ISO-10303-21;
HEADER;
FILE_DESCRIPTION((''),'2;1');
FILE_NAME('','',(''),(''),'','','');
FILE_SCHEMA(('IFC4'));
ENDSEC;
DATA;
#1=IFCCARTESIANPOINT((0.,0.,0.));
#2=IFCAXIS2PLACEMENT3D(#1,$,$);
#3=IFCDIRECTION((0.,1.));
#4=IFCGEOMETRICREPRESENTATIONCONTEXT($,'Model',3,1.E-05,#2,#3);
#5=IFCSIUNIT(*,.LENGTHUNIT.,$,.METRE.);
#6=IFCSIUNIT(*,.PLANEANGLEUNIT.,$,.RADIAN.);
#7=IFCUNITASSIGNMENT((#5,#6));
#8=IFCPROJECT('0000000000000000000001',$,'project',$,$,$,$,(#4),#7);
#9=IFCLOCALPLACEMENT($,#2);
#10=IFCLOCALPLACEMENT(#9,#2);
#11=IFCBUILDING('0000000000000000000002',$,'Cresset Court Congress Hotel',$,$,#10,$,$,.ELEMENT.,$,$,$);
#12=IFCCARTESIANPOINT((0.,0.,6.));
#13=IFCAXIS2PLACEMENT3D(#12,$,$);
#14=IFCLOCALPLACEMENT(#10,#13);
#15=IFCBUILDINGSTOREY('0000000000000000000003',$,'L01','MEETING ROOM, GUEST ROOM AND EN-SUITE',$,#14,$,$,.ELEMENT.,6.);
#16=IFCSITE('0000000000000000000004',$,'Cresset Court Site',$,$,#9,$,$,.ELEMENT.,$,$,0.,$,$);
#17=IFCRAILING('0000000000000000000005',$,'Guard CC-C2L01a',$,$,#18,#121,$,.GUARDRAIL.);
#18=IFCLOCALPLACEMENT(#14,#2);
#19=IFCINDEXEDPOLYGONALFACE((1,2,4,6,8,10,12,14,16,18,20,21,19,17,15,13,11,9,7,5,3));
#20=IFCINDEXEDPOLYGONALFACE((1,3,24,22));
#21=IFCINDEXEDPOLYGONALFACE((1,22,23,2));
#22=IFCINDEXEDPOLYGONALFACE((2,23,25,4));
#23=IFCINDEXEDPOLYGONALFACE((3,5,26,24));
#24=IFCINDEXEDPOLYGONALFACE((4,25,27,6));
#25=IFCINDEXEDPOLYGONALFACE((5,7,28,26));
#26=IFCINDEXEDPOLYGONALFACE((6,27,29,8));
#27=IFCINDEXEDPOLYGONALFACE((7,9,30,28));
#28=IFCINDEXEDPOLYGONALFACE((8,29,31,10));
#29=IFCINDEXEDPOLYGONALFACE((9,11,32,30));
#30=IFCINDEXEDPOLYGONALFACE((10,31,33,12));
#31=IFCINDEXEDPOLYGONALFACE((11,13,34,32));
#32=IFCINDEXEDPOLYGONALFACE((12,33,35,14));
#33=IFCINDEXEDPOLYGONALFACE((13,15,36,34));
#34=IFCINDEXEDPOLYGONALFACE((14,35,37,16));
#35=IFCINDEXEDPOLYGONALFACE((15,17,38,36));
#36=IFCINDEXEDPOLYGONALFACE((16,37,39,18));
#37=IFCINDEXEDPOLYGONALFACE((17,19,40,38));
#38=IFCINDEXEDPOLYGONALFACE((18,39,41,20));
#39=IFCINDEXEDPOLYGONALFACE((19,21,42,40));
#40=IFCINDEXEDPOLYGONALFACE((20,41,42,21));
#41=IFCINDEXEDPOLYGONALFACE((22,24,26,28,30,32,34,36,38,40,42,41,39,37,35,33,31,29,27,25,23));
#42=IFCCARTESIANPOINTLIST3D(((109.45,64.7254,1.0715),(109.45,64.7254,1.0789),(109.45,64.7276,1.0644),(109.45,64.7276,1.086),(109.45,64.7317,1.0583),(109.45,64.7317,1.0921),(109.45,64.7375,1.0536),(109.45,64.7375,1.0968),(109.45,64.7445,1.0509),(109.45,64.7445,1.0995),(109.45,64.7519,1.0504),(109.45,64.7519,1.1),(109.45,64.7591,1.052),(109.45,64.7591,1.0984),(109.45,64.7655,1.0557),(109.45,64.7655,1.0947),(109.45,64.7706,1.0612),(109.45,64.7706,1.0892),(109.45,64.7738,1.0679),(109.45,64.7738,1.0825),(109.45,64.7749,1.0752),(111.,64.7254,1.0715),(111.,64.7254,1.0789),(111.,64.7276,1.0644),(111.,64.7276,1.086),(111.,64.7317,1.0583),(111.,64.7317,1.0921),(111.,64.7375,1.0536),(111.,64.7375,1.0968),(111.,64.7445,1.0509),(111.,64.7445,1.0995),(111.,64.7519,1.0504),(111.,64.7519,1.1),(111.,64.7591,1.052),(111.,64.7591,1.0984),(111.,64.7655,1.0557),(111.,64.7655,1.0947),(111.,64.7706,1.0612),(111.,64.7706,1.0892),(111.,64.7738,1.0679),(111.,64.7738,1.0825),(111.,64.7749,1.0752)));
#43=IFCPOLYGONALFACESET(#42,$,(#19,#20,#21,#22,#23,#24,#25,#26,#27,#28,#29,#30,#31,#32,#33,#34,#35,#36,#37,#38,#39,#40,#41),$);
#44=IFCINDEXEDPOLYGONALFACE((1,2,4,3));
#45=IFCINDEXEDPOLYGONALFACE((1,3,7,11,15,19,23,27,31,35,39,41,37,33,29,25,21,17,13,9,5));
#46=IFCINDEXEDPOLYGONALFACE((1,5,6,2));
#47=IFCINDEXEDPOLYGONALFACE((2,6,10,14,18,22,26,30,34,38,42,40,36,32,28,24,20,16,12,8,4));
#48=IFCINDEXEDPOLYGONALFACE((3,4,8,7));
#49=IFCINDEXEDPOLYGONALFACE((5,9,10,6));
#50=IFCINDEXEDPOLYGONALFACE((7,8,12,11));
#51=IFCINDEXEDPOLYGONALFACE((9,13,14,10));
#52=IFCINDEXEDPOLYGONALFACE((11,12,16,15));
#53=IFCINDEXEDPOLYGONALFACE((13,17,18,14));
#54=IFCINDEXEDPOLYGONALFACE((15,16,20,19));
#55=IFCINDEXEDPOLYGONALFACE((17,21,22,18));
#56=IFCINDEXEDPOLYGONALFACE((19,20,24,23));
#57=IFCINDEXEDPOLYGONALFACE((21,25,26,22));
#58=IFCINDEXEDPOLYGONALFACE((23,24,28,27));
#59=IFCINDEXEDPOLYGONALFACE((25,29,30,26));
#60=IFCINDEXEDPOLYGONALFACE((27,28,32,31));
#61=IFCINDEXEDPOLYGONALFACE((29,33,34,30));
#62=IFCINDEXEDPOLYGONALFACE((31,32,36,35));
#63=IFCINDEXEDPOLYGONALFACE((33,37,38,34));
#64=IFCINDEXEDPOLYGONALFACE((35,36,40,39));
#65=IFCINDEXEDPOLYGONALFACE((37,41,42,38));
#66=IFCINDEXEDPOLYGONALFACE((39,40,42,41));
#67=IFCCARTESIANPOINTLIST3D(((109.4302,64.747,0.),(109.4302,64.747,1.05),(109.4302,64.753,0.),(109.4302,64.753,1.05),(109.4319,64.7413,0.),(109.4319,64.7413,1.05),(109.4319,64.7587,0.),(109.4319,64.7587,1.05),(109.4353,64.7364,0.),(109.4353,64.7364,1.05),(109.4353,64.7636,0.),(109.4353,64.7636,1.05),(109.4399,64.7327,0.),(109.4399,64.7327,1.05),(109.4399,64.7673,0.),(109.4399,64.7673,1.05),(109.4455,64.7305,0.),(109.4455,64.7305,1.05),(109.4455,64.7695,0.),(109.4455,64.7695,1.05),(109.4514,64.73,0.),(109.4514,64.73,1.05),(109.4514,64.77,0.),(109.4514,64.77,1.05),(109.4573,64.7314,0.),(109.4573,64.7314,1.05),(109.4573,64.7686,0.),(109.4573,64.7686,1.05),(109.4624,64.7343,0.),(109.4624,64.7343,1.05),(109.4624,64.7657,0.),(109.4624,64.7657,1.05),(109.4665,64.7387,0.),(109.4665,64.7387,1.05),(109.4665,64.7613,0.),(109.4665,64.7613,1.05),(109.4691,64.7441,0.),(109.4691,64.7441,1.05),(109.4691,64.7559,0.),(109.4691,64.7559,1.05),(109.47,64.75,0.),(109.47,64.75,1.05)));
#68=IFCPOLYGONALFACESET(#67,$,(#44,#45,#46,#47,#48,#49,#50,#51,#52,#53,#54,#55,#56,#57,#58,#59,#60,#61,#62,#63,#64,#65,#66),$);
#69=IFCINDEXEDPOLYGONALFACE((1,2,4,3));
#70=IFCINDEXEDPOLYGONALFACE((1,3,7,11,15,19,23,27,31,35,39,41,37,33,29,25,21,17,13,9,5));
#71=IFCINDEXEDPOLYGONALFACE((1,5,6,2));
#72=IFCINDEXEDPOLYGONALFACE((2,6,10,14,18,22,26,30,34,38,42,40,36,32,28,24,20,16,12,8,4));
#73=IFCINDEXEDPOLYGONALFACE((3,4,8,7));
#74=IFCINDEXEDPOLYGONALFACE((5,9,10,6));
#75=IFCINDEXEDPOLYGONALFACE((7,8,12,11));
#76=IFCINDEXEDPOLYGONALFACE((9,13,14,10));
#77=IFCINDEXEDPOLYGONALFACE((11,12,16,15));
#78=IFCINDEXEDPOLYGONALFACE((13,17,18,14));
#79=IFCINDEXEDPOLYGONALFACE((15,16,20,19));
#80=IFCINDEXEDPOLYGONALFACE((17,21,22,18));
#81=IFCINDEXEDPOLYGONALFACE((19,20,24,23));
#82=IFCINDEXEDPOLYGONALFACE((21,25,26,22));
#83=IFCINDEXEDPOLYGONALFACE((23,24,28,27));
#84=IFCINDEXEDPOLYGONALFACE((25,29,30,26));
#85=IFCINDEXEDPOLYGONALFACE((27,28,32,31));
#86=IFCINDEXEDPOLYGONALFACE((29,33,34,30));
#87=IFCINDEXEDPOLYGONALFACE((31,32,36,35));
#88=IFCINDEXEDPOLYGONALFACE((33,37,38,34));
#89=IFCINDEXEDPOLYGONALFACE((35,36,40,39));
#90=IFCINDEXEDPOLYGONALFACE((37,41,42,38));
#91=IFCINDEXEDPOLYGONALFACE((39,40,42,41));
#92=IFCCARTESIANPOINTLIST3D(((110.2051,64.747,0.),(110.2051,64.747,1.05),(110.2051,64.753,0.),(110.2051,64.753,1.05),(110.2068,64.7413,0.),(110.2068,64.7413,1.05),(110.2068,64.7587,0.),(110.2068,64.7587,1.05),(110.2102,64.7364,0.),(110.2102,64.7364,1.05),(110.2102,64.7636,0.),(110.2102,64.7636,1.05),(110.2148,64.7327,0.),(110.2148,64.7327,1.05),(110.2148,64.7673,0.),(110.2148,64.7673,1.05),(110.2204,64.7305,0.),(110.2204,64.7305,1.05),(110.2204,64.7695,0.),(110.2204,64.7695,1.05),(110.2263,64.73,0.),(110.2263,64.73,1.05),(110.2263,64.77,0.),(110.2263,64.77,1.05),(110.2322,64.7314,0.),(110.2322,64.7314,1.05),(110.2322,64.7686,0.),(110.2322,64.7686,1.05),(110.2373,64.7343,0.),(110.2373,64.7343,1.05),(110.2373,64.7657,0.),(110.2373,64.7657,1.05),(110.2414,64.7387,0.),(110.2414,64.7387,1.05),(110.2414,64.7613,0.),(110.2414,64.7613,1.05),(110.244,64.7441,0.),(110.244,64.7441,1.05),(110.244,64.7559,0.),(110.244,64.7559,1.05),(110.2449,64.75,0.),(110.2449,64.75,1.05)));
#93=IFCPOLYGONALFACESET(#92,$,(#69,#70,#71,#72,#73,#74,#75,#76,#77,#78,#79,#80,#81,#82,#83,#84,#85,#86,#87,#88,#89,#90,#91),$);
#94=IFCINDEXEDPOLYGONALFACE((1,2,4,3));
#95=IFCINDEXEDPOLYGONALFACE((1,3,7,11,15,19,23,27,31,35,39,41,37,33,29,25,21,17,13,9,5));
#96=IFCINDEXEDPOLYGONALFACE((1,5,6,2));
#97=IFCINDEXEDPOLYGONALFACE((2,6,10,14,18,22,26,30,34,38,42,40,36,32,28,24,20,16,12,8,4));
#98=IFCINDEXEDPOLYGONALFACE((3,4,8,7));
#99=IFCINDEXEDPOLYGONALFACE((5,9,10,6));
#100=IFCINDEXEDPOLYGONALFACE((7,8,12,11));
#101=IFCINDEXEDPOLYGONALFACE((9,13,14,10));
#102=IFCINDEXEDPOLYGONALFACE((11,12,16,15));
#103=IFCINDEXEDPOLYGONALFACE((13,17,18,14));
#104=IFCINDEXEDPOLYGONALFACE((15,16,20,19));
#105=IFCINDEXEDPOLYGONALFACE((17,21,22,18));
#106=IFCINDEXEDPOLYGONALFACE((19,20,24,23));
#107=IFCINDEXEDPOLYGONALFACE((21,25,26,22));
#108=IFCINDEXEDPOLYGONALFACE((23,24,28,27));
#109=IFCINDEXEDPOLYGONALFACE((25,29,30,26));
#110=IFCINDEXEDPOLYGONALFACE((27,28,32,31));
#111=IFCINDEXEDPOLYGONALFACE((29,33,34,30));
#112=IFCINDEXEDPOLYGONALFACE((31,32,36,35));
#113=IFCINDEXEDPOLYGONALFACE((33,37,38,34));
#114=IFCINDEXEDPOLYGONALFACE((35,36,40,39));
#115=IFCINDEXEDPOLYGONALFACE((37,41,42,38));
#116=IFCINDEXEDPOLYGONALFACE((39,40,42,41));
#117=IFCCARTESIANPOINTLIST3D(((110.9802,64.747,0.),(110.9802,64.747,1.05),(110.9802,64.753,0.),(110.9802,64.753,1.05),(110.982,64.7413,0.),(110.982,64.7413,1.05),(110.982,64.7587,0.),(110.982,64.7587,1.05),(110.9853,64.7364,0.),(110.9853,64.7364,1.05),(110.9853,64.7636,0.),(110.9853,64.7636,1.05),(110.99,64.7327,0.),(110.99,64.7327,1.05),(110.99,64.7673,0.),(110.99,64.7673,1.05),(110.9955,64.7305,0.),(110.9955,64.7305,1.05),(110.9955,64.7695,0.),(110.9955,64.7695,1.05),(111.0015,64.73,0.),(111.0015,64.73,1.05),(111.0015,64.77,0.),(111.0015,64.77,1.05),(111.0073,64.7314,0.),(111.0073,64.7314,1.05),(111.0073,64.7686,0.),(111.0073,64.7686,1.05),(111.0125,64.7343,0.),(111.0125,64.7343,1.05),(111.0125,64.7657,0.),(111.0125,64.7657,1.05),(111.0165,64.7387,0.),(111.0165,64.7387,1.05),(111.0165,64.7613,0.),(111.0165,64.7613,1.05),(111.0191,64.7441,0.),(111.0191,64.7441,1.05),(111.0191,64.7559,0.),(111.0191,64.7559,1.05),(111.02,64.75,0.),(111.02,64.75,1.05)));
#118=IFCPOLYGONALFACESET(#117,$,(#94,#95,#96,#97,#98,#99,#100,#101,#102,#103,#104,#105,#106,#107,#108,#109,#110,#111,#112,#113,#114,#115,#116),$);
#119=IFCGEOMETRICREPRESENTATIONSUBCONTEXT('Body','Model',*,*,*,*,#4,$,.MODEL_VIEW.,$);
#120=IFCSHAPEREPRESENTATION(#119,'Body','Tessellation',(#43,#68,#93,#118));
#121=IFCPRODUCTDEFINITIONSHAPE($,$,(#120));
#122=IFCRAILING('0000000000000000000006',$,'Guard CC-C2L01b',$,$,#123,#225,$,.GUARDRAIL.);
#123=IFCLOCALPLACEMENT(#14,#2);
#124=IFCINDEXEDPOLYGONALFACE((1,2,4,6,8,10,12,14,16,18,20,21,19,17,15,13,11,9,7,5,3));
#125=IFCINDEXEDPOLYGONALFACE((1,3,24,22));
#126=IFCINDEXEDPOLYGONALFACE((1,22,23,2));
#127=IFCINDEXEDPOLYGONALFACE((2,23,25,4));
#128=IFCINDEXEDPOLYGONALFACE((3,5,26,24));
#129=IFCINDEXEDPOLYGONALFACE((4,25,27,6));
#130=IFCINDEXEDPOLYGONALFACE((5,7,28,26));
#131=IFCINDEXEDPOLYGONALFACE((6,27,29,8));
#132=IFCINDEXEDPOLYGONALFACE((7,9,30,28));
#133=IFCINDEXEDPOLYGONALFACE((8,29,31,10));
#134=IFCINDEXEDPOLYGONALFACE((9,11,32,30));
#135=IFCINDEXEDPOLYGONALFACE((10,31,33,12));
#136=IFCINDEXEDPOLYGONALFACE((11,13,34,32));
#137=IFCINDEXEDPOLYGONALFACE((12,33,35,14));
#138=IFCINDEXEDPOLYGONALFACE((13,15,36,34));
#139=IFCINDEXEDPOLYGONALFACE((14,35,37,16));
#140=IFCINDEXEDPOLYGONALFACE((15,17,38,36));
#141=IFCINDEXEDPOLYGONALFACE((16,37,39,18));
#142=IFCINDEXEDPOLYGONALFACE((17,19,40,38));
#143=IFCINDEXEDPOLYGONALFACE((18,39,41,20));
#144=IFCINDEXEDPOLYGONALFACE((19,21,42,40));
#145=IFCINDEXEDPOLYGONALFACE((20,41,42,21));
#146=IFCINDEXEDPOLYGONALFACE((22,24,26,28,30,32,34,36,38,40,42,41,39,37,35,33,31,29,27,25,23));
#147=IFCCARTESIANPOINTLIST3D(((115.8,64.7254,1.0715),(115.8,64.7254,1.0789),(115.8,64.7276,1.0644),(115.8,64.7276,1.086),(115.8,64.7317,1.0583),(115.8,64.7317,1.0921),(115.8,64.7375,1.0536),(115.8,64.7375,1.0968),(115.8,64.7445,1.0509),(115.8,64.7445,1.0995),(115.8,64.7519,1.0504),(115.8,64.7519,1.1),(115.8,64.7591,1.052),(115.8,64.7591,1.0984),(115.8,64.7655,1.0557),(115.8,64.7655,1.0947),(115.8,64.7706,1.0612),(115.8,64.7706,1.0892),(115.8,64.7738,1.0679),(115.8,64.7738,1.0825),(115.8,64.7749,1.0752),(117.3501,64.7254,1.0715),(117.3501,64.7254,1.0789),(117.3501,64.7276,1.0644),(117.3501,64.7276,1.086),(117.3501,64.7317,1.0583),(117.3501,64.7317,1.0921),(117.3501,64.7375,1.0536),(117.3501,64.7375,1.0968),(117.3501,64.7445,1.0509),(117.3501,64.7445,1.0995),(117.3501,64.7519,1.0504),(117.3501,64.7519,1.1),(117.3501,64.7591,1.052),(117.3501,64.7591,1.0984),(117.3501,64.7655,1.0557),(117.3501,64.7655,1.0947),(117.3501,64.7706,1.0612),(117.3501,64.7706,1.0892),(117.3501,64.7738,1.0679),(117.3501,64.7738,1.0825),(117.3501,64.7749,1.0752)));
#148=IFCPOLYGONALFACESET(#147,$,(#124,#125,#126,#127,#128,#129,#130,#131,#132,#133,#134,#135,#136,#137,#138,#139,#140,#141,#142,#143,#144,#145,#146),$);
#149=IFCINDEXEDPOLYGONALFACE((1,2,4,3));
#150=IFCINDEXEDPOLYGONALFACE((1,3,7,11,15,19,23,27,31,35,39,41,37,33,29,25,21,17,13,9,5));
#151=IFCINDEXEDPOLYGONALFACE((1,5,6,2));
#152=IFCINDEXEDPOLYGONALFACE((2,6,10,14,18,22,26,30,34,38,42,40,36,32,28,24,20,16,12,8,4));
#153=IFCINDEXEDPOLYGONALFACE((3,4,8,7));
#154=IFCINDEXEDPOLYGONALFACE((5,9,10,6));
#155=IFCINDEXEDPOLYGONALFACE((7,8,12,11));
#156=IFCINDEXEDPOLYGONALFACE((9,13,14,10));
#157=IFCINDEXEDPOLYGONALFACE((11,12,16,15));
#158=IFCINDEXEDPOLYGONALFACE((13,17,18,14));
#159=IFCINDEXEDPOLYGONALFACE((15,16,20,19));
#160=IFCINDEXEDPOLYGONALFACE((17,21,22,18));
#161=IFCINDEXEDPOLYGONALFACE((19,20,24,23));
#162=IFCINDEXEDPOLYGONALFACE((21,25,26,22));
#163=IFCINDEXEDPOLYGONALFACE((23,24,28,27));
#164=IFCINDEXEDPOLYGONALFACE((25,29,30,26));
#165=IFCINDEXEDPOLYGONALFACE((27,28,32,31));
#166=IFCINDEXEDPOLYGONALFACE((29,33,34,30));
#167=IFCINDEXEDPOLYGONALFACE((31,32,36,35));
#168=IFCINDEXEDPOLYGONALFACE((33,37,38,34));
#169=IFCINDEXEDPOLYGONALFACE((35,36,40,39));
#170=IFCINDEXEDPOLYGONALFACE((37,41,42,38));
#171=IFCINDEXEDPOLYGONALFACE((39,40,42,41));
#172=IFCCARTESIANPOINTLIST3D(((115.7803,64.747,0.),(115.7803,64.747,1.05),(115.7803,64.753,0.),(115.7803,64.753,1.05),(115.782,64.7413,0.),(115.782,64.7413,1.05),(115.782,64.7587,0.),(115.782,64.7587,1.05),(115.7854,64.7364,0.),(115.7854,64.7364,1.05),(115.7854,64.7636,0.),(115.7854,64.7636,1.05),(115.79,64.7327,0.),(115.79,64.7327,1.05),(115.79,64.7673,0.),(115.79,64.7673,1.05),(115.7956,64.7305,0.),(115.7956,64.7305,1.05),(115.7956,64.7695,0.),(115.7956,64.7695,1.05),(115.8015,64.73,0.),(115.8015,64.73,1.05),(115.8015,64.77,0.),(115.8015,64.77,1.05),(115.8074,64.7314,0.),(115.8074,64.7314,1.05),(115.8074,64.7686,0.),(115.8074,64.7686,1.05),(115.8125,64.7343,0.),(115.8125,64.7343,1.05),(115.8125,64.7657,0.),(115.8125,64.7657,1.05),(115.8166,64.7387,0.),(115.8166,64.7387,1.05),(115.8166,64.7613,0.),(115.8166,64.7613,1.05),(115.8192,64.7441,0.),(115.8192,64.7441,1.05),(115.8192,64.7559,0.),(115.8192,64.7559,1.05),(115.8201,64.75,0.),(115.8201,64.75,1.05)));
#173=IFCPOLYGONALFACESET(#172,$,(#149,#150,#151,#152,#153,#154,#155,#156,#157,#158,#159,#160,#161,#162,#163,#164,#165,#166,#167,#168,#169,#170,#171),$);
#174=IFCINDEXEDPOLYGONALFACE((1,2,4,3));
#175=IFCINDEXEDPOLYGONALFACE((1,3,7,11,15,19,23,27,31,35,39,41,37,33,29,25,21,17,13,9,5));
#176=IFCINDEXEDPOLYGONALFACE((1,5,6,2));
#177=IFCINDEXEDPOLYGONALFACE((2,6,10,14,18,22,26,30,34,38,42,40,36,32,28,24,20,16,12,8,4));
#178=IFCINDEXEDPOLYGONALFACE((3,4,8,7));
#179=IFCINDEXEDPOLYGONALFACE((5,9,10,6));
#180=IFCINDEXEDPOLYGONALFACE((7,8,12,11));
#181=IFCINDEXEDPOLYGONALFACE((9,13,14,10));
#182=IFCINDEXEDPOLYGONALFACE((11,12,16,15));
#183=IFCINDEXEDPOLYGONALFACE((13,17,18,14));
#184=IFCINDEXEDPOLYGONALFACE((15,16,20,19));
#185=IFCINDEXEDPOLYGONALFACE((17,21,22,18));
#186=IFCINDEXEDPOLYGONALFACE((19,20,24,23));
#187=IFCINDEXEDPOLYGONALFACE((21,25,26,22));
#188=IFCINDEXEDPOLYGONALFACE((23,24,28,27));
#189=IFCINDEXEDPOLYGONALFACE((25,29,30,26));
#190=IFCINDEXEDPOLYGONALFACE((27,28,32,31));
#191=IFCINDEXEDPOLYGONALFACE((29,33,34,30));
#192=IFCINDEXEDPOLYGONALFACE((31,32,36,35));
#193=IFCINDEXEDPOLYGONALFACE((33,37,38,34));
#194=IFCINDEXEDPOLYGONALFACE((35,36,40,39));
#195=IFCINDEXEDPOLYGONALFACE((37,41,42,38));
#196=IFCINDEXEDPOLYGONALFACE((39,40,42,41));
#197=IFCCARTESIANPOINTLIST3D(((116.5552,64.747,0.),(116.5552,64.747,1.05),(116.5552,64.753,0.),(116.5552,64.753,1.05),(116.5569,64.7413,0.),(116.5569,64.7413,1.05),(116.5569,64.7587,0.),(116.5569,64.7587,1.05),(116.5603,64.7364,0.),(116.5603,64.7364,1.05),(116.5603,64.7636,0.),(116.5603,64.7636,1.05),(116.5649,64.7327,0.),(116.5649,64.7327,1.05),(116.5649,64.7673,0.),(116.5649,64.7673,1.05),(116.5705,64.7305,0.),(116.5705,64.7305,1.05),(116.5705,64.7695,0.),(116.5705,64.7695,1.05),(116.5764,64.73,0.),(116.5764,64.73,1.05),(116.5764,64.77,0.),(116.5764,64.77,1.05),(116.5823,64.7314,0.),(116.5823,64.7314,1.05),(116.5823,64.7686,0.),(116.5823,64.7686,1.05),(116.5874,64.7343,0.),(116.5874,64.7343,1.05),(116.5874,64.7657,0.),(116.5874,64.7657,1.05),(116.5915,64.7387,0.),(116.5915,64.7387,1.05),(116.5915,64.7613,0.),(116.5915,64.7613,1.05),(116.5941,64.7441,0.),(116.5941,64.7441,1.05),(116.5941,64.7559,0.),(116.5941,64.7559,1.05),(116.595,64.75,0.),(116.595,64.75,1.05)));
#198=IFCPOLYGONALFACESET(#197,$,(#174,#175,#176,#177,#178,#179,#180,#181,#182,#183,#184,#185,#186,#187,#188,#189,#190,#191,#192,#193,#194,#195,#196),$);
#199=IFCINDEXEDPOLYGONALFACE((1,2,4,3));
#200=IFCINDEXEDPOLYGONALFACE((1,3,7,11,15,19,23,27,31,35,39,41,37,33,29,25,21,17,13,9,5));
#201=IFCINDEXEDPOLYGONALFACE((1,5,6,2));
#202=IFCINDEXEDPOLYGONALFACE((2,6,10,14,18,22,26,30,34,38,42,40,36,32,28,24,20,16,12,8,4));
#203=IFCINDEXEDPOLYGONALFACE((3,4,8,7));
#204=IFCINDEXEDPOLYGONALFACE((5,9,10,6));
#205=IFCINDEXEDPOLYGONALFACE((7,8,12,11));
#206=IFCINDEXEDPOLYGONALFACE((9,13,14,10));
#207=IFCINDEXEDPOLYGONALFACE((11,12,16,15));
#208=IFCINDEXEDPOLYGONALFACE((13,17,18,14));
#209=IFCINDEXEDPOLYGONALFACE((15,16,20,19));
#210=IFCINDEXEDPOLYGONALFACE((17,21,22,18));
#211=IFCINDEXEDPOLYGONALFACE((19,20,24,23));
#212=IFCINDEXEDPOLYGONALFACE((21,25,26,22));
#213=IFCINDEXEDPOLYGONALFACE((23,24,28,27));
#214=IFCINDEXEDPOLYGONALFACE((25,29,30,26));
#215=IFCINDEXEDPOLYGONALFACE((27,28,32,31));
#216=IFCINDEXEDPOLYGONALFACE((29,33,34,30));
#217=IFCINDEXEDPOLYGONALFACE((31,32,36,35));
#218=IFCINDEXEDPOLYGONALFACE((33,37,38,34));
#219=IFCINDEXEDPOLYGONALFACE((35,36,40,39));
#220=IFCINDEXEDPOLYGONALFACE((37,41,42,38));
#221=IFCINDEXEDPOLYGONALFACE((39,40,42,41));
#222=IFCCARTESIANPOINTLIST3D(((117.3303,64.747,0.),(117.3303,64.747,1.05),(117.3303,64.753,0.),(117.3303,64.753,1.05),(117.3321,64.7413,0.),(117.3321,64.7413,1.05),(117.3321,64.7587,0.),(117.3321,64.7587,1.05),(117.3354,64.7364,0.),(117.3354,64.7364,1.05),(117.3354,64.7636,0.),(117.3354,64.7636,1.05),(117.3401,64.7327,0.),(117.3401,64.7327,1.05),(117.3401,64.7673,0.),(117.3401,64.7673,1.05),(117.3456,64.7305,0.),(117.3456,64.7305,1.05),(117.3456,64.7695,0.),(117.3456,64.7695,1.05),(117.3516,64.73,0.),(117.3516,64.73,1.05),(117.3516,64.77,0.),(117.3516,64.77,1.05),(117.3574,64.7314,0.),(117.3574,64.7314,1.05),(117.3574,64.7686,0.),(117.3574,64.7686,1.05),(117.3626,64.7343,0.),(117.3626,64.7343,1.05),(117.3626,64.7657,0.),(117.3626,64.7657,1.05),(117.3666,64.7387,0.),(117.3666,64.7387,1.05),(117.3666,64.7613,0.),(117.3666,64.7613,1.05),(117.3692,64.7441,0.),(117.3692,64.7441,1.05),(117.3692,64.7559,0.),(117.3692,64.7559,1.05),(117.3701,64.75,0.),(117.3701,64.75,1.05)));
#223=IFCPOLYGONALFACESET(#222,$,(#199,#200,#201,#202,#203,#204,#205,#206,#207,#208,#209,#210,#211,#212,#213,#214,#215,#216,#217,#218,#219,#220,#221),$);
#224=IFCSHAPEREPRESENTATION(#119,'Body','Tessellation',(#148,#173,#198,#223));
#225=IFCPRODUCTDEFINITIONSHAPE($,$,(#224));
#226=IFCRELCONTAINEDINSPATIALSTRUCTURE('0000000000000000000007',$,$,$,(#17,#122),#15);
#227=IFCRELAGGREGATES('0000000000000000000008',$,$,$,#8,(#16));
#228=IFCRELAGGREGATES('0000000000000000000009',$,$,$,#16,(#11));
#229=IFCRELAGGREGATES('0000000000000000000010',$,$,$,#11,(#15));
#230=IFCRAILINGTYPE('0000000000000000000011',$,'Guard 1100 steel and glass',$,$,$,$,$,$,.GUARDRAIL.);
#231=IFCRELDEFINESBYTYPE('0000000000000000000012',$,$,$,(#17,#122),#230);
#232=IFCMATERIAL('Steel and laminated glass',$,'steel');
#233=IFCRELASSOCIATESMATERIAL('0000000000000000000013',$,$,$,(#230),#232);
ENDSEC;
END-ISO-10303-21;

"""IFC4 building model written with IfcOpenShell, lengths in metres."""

from ifc_helpers import new_model, si_unit, direction, frame, origin, origin_2d, place, context, subcontext, project, spatial, circle, extrude, material, type_object, element, save


model = new_model("IFC4")

# Units and contexts
model_context = context("Model", 3, precision=1e-05, world=origin(), true_north=direction((0.0, 1.0)))
body_context = subcontext(model_context, "Body", "Model", "MODEL_VIEW")
ifc_project = project(units=[si_unit("LENGTHUNIT", "METRE"), si_unit("PLANEANGLEUNIT", "RADIAN")], contexts=[model_context])

# Site, building, storey
site_placement = place(None, origin())
site = spatial("IfcSite", under=ifc_project, at=site_placement, Name="Cresset Court Site", CompositionType="ELEMENT", RefElevation=0.0)
building_placement = place(site_placement, origin())
building = spatial("IfcBuilding", under=site, at=building_placement, Name="Cresset Court Congress Hotel", CompositionType="ELEMENT")
storey_placement = place(building_placement, frame((0.0, 0.0, 6.0)))
storey = spatial("IfcBuildingStorey", under=building, at=storey_placement, Name="L01", Description="MEETING ROOM, GUEST ROOM AND EN-SUITE", CompositionType="ELEMENT", Elevation=6.0)

# Railings
ifc_material_1 = material(Name="Steel and laminated glass", Category="steel")
railing_type = type_object("IfcRailingType", Name="Guard 1100 steel and glass", PredefinedType="GUARDRAIL", material=ifc_material_1)
for number, where, name in (
    (1, (109.45, 64.75, 0.0), "Guard CC-C2L01a"),
    (2, (115.8, 64.75, 0.0), "Guard CC-C2L01b"),
):
    element("IfcRailing", number, at=place(storey_placement, frame(where)), inside=storey, type_object=railing_type, Name=name, PredefinedType="GUARDRAIL", context=body_context, shape_type="SweptSolid", body=[
        extrude(circle(Radius=0.0249, at=origin_2d()), frame((0.0, 0.0, 1.0752), z_axis=(1.0, 0.0, 0.0), x_axis=(0.0, 1.0, 0.0)), (0.0, 0.0, 1.0), 1.55),
        extrude(circle(Radius=0.02, at=origin_2d()), origin(), (0.0, 0.0, 1.0), 1.05),
        extrude(circle(Radius=0.02, at=origin_2d()), frame((0.7749, 0.0, 0.0)), (0.0, 0.0, 1.0), 1.05),
        extrude(circle(Radius=0.02, at=origin_2d()), frame((1.55, 0.0, 0.0)), (0.0, 0.0, 1.0), 1.05),
    ])

save(model, "model.ifc")
